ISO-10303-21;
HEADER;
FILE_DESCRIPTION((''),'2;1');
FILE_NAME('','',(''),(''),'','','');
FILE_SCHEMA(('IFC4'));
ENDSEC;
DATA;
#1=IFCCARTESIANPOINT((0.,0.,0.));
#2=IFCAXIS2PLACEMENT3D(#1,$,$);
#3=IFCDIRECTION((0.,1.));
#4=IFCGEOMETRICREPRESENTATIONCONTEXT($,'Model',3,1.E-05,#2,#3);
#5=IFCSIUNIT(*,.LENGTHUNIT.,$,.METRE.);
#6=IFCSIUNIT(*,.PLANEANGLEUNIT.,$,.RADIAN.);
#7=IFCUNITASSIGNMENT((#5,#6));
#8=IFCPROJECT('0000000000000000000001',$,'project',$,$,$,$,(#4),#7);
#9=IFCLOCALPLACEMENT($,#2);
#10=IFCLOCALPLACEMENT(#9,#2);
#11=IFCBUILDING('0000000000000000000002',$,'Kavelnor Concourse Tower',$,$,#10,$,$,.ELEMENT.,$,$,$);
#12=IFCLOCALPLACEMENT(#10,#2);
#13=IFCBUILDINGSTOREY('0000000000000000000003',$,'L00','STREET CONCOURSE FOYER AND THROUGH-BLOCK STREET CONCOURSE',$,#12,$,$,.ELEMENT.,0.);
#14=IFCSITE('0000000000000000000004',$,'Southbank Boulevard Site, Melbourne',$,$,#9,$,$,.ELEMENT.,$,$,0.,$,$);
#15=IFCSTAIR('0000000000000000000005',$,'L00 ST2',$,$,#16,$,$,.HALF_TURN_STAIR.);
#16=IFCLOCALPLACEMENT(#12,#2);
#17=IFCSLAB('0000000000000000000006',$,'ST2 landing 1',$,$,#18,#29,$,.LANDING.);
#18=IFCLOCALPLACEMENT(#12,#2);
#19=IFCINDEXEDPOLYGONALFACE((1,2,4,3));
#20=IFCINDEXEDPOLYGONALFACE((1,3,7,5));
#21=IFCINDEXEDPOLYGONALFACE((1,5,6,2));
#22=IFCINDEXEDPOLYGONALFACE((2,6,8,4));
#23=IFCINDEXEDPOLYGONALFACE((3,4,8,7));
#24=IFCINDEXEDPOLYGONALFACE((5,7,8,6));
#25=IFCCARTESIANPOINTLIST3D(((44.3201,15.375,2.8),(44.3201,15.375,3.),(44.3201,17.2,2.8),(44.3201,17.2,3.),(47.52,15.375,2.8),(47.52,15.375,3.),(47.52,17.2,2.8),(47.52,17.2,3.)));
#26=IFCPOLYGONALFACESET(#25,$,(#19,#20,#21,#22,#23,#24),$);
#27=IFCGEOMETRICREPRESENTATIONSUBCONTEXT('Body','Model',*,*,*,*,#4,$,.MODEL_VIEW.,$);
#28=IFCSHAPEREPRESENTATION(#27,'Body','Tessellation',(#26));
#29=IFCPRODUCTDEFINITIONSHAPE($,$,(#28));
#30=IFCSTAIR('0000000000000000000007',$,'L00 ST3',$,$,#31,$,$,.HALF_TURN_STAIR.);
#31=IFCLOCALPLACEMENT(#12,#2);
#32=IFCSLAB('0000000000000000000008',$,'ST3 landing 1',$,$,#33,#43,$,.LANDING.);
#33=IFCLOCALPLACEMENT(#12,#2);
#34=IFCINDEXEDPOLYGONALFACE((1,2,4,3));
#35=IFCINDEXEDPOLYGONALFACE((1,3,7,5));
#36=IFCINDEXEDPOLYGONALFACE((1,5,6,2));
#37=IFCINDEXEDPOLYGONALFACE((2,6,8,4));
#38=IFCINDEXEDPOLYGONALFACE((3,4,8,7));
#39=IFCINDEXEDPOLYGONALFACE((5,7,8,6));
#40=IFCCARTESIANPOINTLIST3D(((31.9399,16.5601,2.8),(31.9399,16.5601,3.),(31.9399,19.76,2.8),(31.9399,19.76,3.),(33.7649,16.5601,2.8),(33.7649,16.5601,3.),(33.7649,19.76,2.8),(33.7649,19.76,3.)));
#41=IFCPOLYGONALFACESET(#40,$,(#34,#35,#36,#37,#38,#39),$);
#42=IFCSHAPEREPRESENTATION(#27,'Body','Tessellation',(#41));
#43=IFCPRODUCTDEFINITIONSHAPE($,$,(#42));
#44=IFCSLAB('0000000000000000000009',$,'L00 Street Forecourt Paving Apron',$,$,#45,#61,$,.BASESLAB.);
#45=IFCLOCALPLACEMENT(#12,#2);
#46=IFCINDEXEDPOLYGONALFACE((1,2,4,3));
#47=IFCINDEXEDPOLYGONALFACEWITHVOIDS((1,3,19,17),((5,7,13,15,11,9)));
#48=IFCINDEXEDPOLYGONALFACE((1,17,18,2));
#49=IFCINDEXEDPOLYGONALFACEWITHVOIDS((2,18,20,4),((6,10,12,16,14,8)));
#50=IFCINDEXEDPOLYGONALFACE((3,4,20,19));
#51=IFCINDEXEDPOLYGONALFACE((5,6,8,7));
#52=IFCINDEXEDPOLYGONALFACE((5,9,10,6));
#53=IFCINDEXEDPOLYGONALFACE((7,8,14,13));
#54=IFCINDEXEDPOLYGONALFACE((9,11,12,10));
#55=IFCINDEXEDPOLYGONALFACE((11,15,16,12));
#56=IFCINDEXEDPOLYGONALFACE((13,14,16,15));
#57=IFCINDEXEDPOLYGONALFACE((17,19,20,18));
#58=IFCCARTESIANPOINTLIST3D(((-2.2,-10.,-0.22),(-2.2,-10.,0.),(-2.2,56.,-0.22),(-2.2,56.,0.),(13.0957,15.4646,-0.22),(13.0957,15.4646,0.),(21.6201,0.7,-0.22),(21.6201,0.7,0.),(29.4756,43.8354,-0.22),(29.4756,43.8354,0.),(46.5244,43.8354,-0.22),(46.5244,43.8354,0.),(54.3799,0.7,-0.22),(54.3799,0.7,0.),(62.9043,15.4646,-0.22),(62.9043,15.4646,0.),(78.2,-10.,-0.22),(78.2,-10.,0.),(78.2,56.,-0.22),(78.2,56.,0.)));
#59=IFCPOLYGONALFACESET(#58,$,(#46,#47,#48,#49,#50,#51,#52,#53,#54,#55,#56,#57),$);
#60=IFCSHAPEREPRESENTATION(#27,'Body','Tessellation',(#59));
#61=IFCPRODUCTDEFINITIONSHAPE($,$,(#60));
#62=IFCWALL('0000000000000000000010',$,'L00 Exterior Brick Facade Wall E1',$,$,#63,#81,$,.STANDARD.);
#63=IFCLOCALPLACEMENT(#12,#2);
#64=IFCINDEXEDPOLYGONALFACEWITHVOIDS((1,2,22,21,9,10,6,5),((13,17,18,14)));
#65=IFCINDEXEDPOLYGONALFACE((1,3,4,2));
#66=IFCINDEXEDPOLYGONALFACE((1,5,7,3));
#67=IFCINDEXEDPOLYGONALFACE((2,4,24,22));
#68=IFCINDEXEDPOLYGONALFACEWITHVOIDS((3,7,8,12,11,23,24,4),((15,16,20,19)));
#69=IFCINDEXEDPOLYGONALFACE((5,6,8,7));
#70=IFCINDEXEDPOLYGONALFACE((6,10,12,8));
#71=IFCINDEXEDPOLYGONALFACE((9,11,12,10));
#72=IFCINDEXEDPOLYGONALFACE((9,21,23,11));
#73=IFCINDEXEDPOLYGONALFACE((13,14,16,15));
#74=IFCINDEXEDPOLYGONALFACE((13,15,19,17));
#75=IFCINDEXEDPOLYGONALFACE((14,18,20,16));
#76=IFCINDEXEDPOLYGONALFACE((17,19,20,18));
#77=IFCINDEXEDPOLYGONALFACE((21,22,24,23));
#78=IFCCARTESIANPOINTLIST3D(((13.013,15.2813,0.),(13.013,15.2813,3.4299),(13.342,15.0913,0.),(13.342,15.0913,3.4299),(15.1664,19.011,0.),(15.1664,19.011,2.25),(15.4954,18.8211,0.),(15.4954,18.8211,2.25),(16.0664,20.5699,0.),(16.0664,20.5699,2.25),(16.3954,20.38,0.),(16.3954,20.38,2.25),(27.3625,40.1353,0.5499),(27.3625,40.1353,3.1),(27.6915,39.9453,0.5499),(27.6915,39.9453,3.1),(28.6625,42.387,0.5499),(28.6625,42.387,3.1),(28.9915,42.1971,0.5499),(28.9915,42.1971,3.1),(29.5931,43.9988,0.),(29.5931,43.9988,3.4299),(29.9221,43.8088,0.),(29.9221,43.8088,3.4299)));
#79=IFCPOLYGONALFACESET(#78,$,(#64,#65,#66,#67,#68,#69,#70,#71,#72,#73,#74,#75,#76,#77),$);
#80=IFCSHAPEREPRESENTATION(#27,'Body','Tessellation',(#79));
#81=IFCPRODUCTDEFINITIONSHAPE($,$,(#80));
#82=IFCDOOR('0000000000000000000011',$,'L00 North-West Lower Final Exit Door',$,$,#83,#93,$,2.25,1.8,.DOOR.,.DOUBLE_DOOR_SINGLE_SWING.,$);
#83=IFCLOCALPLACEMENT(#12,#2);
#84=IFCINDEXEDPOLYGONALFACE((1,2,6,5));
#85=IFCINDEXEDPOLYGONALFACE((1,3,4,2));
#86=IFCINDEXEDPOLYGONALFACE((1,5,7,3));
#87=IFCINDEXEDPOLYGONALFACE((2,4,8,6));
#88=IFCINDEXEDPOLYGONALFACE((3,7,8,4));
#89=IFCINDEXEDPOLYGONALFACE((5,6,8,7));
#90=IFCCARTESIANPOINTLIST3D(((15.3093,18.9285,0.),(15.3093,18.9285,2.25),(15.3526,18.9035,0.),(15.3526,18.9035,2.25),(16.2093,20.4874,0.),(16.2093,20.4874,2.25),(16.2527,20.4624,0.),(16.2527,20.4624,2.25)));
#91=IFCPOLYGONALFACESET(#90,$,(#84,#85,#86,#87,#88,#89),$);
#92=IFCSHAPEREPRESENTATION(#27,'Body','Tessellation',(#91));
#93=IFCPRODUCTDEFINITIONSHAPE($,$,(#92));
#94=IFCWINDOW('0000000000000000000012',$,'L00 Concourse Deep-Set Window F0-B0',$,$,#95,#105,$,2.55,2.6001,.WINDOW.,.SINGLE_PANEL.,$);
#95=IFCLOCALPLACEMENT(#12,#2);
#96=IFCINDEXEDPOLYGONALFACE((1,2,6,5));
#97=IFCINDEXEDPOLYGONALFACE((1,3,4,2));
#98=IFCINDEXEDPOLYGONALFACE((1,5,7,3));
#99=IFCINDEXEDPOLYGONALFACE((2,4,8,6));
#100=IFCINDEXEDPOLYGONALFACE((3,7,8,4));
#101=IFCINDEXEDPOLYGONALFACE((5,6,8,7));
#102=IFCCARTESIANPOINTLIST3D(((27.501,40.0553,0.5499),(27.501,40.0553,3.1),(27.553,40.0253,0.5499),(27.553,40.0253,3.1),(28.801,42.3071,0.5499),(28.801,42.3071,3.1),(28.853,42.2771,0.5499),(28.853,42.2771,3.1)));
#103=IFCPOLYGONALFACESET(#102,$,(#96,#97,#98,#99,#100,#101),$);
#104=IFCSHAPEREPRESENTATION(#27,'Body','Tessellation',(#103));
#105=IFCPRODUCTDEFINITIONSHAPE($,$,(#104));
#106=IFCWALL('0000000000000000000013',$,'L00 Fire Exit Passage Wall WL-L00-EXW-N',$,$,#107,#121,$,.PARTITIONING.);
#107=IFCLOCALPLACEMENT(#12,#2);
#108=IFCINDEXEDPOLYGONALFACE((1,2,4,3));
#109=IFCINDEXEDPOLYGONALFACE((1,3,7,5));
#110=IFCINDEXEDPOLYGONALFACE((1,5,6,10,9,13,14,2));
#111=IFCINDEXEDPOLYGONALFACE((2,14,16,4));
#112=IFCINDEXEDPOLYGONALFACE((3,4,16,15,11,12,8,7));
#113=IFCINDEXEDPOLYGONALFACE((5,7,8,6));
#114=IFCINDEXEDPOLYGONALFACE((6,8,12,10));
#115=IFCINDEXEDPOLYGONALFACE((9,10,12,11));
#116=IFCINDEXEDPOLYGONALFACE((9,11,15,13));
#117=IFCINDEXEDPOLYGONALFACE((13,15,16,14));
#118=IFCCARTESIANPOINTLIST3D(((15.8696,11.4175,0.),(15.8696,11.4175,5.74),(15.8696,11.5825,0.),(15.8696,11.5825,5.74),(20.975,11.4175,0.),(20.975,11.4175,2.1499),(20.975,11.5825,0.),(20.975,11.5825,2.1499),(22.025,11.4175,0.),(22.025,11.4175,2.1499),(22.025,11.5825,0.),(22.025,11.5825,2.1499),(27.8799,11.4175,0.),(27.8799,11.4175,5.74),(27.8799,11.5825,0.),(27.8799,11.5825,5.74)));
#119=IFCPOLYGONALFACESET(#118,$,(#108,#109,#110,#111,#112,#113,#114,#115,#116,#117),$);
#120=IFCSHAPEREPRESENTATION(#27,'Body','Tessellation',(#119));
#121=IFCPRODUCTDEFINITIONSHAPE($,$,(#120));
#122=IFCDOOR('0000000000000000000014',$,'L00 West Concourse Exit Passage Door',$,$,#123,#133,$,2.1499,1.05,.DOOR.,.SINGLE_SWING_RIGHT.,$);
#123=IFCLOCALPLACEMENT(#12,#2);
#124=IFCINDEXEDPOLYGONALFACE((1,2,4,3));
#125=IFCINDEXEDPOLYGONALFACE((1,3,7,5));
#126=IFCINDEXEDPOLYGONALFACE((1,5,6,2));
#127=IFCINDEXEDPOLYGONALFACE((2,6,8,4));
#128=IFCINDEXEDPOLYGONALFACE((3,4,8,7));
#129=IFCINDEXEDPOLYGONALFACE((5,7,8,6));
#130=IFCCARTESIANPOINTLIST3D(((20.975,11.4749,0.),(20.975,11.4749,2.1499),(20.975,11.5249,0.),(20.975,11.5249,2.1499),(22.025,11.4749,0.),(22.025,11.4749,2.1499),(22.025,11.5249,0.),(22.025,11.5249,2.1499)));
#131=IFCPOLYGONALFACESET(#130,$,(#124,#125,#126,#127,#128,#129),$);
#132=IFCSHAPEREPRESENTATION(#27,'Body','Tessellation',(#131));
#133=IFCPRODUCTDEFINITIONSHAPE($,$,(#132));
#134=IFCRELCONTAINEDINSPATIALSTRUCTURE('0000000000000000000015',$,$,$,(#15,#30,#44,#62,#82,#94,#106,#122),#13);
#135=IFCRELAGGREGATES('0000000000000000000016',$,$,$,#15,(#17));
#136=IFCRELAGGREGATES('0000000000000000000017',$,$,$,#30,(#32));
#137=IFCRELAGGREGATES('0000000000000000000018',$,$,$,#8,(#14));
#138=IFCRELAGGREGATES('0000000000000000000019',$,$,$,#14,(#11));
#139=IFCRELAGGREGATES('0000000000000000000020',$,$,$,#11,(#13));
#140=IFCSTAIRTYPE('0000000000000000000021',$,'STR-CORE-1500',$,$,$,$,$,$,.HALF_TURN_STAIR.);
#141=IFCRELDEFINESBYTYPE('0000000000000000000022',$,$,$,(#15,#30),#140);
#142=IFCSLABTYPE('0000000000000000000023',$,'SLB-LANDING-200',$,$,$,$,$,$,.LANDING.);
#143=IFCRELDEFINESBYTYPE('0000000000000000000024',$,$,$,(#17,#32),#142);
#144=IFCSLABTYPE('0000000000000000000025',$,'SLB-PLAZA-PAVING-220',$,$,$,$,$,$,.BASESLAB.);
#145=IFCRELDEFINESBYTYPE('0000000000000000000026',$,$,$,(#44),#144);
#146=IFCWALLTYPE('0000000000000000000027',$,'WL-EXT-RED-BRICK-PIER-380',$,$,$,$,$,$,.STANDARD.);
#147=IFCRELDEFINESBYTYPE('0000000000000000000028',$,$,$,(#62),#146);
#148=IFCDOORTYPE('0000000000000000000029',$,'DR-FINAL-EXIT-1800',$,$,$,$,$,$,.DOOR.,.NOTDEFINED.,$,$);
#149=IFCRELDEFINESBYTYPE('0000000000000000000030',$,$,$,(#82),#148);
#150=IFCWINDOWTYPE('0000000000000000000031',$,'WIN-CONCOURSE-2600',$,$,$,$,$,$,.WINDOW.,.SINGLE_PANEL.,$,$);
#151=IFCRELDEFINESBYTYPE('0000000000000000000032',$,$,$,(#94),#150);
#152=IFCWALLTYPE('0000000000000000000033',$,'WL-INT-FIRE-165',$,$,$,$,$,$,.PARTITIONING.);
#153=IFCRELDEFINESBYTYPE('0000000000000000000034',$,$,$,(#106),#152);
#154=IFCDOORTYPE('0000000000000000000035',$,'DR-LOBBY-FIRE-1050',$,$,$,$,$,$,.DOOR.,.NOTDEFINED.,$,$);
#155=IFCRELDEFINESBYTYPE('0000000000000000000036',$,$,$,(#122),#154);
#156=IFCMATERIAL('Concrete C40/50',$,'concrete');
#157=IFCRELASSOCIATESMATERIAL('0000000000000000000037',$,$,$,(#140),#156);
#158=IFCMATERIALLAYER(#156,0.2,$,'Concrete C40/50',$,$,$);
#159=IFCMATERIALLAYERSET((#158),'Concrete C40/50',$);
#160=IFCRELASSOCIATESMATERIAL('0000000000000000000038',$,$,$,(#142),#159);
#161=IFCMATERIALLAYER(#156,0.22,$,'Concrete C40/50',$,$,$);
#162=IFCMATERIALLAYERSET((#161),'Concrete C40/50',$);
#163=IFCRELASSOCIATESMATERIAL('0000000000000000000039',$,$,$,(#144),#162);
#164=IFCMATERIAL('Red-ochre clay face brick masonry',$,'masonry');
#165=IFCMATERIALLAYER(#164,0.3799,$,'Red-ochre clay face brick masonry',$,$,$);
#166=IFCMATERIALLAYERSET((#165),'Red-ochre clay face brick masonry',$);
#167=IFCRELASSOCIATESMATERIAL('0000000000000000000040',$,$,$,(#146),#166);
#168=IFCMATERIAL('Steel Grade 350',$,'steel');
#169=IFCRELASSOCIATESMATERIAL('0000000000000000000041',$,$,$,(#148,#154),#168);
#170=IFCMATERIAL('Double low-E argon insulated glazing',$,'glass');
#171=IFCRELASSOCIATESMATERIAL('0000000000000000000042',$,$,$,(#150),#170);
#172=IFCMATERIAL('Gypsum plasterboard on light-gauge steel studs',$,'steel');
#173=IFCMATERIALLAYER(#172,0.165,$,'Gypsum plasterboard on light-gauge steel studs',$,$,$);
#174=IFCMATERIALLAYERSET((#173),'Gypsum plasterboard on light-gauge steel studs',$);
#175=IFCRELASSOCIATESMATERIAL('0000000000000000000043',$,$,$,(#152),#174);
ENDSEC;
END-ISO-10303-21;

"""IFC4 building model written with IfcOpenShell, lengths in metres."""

from ifc_helpers import new_model, si_unit, direction, frame, frame_2d, origin, place, context, subcontext, project, spatial, polyline, rectangle, outline, extrude, material, layer, layer_set, type_object, element, fill, aggregate, save


model = new_model("IFC4")

# Units and contexts
model_context = context("Model", 3, precision=1e-05, world=origin(), true_north=direction((0.0, 1.0)))
body_context = subcontext(model_context, "Body", "Model", "MODEL_VIEW")
ifc_project = project(units=[si_unit("LENGTHUNIT", "METRE"), si_unit("PLANEANGLEUNIT", "RADIAN")], contexts=[model_context])

# Site, building, storey
site_placement = place(None, origin())
site = spatial("IfcSite", under=ifc_project, at=site_placement, Name="Southbank Boulevard Site, Melbourne", CompositionType="ELEMENT", RefElevation=0.0)
building_placement = place(site_placement, origin())
building = spatial("IfcBuilding", under=site, at=building_placement, Name="Kavelnor Concourse Tower", CompositionType="ELEMENT")
storey_placement = place(building_placement, origin())
storey = spatial("IfcBuildingStorey", under=building, at=storey_placement, Name="L00", Description="STREET CONCOURSE FOYER AND THROUGH-BLOCK STREET CONCOURSE", CompositionType="ELEMENT", Elevation=0.0)

# Shared definitions
ifc_material_1 = material(Name="Steel Grade 350", Category="steel")

# Shared definitions
ifc_material_2 = material(Name="Concrete C40/50", Category="concrete")

# Stairs, slabs
stair_type = type_object("IfcStairType", Name="STR-CORE-1500", PredefinedType="HALF_TURN_STAIR", material=ifc_material_2)
ifc_layer_1 = layer(ifc_material_2, 0.2, Name="Concrete C40/50")
ifc_layer_set_1 = layer_set([ifc_layer_1], Name="Concrete C40/50")
slab_type_1 = type_object("IfcSlabType", Name="SLB-LANDING-200", PredefinedType="LANDING", material=ifc_layer_set_1)
stair_1_placement = place(storey_placement, origin())
stair_1 = element("IfcStair", 1, at=stair_1_placement, inside=storey, type_object=stair_type, Name="L00 ST2", PredefinedType="HALF_TURN_STAIR")
slab_1_placement = place(storey_placement, frame((0.0, 0.0, 2.8)))
slab_1 = element("IfcSlab", 2, at=slab_1_placement, type_object=slab_type_1, Name="ST2 landing 1", PredefinedType="LANDING", context=body_context, shape_type="SweptSolid", body=[
    extrude(outline(polyline([(47.52, 15.375), (47.52, 17.2), (44.3201, 17.2), (44.3201, 15.375), (47.52, 15.375)])), origin(), (0.0, 0.0, 1.0), 0.2),
])
aggregate(stair_1, [slab_1])
stair_2_placement = place(storey_placement, origin())
stair_2 = element("IfcStair", 3, at=stair_2_placement, inside=storey, type_object=stair_type, Name="L00 ST3", PredefinedType="HALF_TURN_STAIR")
slab_2_placement = place(storey_placement, frame((0.0, 0.0, 2.8)))
slab_2 = element("IfcSlab", 4, at=slab_2_placement, type_object=slab_type_1, Name="ST3 landing 1", PredefinedType="LANDING", context=body_context, shape_type="SweptSolid", body=[
    extrude(outline(polyline([(33.7649, 19.76), (31.9399, 19.76), (31.9399, 16.5601), (33.7649, 16.5601), (33.7649, 19.76)])), origin(), (0.0, 0.0, 1.0), 0.2),
])
aggregate(stair_2, [slab_2])

# Slab
ifc_layer_2 = layer(ifc_material_2, 0.22, Name="Concrete C40/50")
ifc_layer_set_2 = layer_set([ifc_layer_2], Name="Concrete C40/50")
slab_type_2 = type_object("IfcSlabType", Name="SLB-PLAZA-PAVING-220", PredefinedType="BASESLAB", material=ifc_layer_set_2)
slab_3_placement = place(storey_placement, frame((0.0, 0.0, -0.22)))
element("IfcSlab", 5, at=slab_3_placement, inside=storey, type_object=slab_type_2, Name="L00 Street Forecourt Paving Apron", PredefinedType="BASESLAB", context=body_context, shape_type="SweptSolid", body=[
    extrude(outline(polyline([(-2.2, -10.0), (78.2, -10.0), (78.2, 56.0), (-2.2, 56.0), (-2.2, -10.0)]), holes=[polyline([(46.5244, 43.8354), (29.4756, 43.8354), (13.0957, 15.4646), (21.6201, 0.7), (54.3799, 0.7), (62.9043, 15.4646), (46.5244, 43.8354)])]), origin(), (0.0, 0.0, 1.0), 0.22),
])

# Wall, openings, door, window
ifc_material_3 = material(Name="Red-ochre clay face brick masonry", Category="masonry")
ifc_layer_3 = layer(ifc_material_3, 0.3799, Name="Red-ochre clay face brick masonry")
ifc_layer_set_3 = layer_set([ifc_layer_3], Name="Red-ochre clay face brick masonry")
wall_type_1 = type_object("IfcWallType", Name="WL-EXT-RED-BRICK-PIER-380", PredefinedType="STANDARD", material=ifc_layer_set_3)
wall_1_placement = place(storey_placement, frame((13.1775, 15.1863, 0.0), z_axis=(0.0, 0.0, 1.0), x_axis=(0.5, 0.866025, 0.0)))
wall_1 = element("IfcWall", 6, at=wall_1_placement, inside=storey, type_object=wall_type_1, Name="L00 Exterior Brick Facade Wall E1", PredefinedType="STANDARD", context=body_context, shape_type="SweptSolid", body=[
    extrude(rectangle(XDim=33.1602, YDim=0.3799, at=frame_2d((16.5801, 0.0))), origin(), (0.0, 0.0, 1.0), 3.4299),
])
opening_1_placement = place(wall_1_placement, frame((4.3069, 0.0, 0.0)))
opening_1 = element("IfcOpeningElement", 7, at=opening_1_placement, cuts=wall_1, PredefinedType="OPENING", context=body_context, shape_type="SweptSolid", body=[
    extrude(rectangle(XDim=1.8, YDim=2.25, at=frame_2d((0.8999, 1.125))), frame((0.0, 0.2, 0.0), z_axis=(0.0, -1.0, 0.0), x_axis=(1.0, 0.0, 0.0)), (0.0, 0.0, 1.0), 0.3999),
])
opening_2_placement = place(wall_1_placement, frame((28.699, 0.0, 0.55)))
opening_2 = element("IfcOpeningElement", 8, at=opening_2_placement, cuts=wall_1, PredefinedType="OPENING", context=body_context, shape_type="SweptSolid", body=[
    extrude(rectangle(XDim=2.6001, YDim=2.55, at=frame_2d((1.3, 1.2749))), frame((0.0, 0.2, 0.0), z_axis=(0.0, -1.0, 0.0), x_axis=(1.0, 0.0, 0.0)), (0.0, 0.0, 1.0), 0.3999),
])
door_type_1 = type_object("IfcDoorType", Name="DR-FINAL-EXIT-1800", OperationType="NOTDEFINED", PredefinedType="DOOR", material=ifc_material_1)
door_1_placement = place(opening_1_placement, origin())
door_1 = element("IfcDoor", 9, at=door_1_placement, inside=storey, type_object=door_type_1, Name="L00 North-West Lower Final Exit Door", OperationType="DOUBLE_DOOR_SINGLE_SWING", OverallHeight=2.25, OverallWidth=1.8, PredefinedType="DOOR", context=body_context, shape_type="SweptSolid", body=[
    extrude(rectangle(XDim=1.8, YDim=2.25, at=frame_2d((0.8999, 1.125))), frame((0.0, 0.0249, 0.0), z_axis=(0.0, -1.0, 0.0), x_axis=(1.0, 0.0, 0.0)), (0.0, 0.0, 1.0), 0.05),
])
fill(opening_1, door_1)
ifc_material_4 = material(Name="Double low-E argon insulated glazing", Category="glass")
window_type = type_object("IfcWindowType", Name="WIN-CONCOURSE-2600", PartitioningType="SINGLE_PANEL", PredefinedType="WINDOW", material=ifc_material_4)
window_placement = place(opening_2_placement, origin())
window = element("IfcWindow", 10, at=window_placement, inside=storey, type_object=window_type, Name="L00 Concourse Deep-Set Window F0-B0", OverallHeight=2.55, OverallWidth=2.6001, PartitioningType="SINGLE_PANEL", PredefinedType="WINDOW", context=body_context, shape_type="SweptSolid", body=[
    extrude(rectangle(XDim=2.6001, YDim=2.55, at=frame_2d((1.3, 1.2749))), frame((0.0, 0.03, 0.0), z_axis=(0.0, -1.0, 0.0), x_axis=(1.0, 0.0, 0.0)), (0.0, 0.0, 1.0), 0.0601),
])
fill(opening_2, window)

# Wall, opening, door
ifc_material_5 = material(Name="Gypsum plasterboard on light-gauge steel studs", Category="steel")
ifc_layer_4 = layer(ifc_material_5, 0.165, Name="Gypsum plasterboard on light-gauge steel studs")
ifc_layer_set_4 = layer_set([ifc_layer_4], Name="Gypsum plasterboard on light-gauge steel studs")
wall_type_2 = type_object("IfcWallType", Name="WL-INT-FIRE-165", PredefinedType="PARTITIONING", material=ifc_layer_set_4)
wall_2_placement = place(storey_placement, frame((15.8696, 11.5, 0.0), z_axis=(0.0, 0.0, 1.0), x_axis=(1.0, 0.0, 0.0)))
wall_2 = element("IfcWall", 11, at=wall_2_placement, inside=storey, type_object=wall_type_2, Name="L00 Fire Exit Passage Wall WL-L00-EXW-N", PredefinedType="PARTITIONING", context=body_context, shape_type="SweptSolid", body=[
    extrude(rectangle(XDim=12.0103, YDim=0.165, at=frame_2d((6.0051, 0.0))), origin(), (0.0, 0.0, 1.0), 5.74),
])
opening_3_placement = place(wall_2_placement, frame((5.1055, 0.0, 0.0)))
opening_3 = element("IfcOpeningElement", 12, at=opening_3_placement, cuts=wall_2, PredefinedType="OPENING", context=body_context, shape_type="SweptSolid", body=[
    extrude(rectangle(XDim=1.05, YDim=2.1499, at=frame_2d((0.5249, 1.075))), frame((0.0, 0.0925, 0.0), z_axis=(0.0, -1.0, 0.0), x_axis=(1.0, 0.0, 0.0)), (0.0, 0.0, 1.0), 0.1851),
])
door_type_2 = type_object("IfcDoorType", Name="DR-LOBBY-FIRE-1050", OperationType="NOTDEFINED", PredefinedType="DOOR", material=ifc_material_1)
door_2_placement = place(opening_3_placement, origin())
door_2 = element("IfcDoor", 13, at=door_2_placement, inside=storey, type_object=door_type_2, Name="L00 West Concourse Exit Passage Door", OperationType="SINGLE_SWING_RIGHT", OverallHeight=2.1499, OverallWidth=1.05, PredefinedType="DOOR", context=body_context, shape_type="SweptSolid", body=[
    extrude(rectangle(XDim=1.05, YDim=2.1499, at=frame_2d((0.5249, 1.075))), frame((0.0, 0.0249, 0.0), z_axis=(0.0, -1.0, 0.0), x_axis=(1.0, 0.0, 0.0)), (0.0, 0.0, 1.0), 0.05),
])
fill(opening_3, door_2)

save(model, "model.ifc")
